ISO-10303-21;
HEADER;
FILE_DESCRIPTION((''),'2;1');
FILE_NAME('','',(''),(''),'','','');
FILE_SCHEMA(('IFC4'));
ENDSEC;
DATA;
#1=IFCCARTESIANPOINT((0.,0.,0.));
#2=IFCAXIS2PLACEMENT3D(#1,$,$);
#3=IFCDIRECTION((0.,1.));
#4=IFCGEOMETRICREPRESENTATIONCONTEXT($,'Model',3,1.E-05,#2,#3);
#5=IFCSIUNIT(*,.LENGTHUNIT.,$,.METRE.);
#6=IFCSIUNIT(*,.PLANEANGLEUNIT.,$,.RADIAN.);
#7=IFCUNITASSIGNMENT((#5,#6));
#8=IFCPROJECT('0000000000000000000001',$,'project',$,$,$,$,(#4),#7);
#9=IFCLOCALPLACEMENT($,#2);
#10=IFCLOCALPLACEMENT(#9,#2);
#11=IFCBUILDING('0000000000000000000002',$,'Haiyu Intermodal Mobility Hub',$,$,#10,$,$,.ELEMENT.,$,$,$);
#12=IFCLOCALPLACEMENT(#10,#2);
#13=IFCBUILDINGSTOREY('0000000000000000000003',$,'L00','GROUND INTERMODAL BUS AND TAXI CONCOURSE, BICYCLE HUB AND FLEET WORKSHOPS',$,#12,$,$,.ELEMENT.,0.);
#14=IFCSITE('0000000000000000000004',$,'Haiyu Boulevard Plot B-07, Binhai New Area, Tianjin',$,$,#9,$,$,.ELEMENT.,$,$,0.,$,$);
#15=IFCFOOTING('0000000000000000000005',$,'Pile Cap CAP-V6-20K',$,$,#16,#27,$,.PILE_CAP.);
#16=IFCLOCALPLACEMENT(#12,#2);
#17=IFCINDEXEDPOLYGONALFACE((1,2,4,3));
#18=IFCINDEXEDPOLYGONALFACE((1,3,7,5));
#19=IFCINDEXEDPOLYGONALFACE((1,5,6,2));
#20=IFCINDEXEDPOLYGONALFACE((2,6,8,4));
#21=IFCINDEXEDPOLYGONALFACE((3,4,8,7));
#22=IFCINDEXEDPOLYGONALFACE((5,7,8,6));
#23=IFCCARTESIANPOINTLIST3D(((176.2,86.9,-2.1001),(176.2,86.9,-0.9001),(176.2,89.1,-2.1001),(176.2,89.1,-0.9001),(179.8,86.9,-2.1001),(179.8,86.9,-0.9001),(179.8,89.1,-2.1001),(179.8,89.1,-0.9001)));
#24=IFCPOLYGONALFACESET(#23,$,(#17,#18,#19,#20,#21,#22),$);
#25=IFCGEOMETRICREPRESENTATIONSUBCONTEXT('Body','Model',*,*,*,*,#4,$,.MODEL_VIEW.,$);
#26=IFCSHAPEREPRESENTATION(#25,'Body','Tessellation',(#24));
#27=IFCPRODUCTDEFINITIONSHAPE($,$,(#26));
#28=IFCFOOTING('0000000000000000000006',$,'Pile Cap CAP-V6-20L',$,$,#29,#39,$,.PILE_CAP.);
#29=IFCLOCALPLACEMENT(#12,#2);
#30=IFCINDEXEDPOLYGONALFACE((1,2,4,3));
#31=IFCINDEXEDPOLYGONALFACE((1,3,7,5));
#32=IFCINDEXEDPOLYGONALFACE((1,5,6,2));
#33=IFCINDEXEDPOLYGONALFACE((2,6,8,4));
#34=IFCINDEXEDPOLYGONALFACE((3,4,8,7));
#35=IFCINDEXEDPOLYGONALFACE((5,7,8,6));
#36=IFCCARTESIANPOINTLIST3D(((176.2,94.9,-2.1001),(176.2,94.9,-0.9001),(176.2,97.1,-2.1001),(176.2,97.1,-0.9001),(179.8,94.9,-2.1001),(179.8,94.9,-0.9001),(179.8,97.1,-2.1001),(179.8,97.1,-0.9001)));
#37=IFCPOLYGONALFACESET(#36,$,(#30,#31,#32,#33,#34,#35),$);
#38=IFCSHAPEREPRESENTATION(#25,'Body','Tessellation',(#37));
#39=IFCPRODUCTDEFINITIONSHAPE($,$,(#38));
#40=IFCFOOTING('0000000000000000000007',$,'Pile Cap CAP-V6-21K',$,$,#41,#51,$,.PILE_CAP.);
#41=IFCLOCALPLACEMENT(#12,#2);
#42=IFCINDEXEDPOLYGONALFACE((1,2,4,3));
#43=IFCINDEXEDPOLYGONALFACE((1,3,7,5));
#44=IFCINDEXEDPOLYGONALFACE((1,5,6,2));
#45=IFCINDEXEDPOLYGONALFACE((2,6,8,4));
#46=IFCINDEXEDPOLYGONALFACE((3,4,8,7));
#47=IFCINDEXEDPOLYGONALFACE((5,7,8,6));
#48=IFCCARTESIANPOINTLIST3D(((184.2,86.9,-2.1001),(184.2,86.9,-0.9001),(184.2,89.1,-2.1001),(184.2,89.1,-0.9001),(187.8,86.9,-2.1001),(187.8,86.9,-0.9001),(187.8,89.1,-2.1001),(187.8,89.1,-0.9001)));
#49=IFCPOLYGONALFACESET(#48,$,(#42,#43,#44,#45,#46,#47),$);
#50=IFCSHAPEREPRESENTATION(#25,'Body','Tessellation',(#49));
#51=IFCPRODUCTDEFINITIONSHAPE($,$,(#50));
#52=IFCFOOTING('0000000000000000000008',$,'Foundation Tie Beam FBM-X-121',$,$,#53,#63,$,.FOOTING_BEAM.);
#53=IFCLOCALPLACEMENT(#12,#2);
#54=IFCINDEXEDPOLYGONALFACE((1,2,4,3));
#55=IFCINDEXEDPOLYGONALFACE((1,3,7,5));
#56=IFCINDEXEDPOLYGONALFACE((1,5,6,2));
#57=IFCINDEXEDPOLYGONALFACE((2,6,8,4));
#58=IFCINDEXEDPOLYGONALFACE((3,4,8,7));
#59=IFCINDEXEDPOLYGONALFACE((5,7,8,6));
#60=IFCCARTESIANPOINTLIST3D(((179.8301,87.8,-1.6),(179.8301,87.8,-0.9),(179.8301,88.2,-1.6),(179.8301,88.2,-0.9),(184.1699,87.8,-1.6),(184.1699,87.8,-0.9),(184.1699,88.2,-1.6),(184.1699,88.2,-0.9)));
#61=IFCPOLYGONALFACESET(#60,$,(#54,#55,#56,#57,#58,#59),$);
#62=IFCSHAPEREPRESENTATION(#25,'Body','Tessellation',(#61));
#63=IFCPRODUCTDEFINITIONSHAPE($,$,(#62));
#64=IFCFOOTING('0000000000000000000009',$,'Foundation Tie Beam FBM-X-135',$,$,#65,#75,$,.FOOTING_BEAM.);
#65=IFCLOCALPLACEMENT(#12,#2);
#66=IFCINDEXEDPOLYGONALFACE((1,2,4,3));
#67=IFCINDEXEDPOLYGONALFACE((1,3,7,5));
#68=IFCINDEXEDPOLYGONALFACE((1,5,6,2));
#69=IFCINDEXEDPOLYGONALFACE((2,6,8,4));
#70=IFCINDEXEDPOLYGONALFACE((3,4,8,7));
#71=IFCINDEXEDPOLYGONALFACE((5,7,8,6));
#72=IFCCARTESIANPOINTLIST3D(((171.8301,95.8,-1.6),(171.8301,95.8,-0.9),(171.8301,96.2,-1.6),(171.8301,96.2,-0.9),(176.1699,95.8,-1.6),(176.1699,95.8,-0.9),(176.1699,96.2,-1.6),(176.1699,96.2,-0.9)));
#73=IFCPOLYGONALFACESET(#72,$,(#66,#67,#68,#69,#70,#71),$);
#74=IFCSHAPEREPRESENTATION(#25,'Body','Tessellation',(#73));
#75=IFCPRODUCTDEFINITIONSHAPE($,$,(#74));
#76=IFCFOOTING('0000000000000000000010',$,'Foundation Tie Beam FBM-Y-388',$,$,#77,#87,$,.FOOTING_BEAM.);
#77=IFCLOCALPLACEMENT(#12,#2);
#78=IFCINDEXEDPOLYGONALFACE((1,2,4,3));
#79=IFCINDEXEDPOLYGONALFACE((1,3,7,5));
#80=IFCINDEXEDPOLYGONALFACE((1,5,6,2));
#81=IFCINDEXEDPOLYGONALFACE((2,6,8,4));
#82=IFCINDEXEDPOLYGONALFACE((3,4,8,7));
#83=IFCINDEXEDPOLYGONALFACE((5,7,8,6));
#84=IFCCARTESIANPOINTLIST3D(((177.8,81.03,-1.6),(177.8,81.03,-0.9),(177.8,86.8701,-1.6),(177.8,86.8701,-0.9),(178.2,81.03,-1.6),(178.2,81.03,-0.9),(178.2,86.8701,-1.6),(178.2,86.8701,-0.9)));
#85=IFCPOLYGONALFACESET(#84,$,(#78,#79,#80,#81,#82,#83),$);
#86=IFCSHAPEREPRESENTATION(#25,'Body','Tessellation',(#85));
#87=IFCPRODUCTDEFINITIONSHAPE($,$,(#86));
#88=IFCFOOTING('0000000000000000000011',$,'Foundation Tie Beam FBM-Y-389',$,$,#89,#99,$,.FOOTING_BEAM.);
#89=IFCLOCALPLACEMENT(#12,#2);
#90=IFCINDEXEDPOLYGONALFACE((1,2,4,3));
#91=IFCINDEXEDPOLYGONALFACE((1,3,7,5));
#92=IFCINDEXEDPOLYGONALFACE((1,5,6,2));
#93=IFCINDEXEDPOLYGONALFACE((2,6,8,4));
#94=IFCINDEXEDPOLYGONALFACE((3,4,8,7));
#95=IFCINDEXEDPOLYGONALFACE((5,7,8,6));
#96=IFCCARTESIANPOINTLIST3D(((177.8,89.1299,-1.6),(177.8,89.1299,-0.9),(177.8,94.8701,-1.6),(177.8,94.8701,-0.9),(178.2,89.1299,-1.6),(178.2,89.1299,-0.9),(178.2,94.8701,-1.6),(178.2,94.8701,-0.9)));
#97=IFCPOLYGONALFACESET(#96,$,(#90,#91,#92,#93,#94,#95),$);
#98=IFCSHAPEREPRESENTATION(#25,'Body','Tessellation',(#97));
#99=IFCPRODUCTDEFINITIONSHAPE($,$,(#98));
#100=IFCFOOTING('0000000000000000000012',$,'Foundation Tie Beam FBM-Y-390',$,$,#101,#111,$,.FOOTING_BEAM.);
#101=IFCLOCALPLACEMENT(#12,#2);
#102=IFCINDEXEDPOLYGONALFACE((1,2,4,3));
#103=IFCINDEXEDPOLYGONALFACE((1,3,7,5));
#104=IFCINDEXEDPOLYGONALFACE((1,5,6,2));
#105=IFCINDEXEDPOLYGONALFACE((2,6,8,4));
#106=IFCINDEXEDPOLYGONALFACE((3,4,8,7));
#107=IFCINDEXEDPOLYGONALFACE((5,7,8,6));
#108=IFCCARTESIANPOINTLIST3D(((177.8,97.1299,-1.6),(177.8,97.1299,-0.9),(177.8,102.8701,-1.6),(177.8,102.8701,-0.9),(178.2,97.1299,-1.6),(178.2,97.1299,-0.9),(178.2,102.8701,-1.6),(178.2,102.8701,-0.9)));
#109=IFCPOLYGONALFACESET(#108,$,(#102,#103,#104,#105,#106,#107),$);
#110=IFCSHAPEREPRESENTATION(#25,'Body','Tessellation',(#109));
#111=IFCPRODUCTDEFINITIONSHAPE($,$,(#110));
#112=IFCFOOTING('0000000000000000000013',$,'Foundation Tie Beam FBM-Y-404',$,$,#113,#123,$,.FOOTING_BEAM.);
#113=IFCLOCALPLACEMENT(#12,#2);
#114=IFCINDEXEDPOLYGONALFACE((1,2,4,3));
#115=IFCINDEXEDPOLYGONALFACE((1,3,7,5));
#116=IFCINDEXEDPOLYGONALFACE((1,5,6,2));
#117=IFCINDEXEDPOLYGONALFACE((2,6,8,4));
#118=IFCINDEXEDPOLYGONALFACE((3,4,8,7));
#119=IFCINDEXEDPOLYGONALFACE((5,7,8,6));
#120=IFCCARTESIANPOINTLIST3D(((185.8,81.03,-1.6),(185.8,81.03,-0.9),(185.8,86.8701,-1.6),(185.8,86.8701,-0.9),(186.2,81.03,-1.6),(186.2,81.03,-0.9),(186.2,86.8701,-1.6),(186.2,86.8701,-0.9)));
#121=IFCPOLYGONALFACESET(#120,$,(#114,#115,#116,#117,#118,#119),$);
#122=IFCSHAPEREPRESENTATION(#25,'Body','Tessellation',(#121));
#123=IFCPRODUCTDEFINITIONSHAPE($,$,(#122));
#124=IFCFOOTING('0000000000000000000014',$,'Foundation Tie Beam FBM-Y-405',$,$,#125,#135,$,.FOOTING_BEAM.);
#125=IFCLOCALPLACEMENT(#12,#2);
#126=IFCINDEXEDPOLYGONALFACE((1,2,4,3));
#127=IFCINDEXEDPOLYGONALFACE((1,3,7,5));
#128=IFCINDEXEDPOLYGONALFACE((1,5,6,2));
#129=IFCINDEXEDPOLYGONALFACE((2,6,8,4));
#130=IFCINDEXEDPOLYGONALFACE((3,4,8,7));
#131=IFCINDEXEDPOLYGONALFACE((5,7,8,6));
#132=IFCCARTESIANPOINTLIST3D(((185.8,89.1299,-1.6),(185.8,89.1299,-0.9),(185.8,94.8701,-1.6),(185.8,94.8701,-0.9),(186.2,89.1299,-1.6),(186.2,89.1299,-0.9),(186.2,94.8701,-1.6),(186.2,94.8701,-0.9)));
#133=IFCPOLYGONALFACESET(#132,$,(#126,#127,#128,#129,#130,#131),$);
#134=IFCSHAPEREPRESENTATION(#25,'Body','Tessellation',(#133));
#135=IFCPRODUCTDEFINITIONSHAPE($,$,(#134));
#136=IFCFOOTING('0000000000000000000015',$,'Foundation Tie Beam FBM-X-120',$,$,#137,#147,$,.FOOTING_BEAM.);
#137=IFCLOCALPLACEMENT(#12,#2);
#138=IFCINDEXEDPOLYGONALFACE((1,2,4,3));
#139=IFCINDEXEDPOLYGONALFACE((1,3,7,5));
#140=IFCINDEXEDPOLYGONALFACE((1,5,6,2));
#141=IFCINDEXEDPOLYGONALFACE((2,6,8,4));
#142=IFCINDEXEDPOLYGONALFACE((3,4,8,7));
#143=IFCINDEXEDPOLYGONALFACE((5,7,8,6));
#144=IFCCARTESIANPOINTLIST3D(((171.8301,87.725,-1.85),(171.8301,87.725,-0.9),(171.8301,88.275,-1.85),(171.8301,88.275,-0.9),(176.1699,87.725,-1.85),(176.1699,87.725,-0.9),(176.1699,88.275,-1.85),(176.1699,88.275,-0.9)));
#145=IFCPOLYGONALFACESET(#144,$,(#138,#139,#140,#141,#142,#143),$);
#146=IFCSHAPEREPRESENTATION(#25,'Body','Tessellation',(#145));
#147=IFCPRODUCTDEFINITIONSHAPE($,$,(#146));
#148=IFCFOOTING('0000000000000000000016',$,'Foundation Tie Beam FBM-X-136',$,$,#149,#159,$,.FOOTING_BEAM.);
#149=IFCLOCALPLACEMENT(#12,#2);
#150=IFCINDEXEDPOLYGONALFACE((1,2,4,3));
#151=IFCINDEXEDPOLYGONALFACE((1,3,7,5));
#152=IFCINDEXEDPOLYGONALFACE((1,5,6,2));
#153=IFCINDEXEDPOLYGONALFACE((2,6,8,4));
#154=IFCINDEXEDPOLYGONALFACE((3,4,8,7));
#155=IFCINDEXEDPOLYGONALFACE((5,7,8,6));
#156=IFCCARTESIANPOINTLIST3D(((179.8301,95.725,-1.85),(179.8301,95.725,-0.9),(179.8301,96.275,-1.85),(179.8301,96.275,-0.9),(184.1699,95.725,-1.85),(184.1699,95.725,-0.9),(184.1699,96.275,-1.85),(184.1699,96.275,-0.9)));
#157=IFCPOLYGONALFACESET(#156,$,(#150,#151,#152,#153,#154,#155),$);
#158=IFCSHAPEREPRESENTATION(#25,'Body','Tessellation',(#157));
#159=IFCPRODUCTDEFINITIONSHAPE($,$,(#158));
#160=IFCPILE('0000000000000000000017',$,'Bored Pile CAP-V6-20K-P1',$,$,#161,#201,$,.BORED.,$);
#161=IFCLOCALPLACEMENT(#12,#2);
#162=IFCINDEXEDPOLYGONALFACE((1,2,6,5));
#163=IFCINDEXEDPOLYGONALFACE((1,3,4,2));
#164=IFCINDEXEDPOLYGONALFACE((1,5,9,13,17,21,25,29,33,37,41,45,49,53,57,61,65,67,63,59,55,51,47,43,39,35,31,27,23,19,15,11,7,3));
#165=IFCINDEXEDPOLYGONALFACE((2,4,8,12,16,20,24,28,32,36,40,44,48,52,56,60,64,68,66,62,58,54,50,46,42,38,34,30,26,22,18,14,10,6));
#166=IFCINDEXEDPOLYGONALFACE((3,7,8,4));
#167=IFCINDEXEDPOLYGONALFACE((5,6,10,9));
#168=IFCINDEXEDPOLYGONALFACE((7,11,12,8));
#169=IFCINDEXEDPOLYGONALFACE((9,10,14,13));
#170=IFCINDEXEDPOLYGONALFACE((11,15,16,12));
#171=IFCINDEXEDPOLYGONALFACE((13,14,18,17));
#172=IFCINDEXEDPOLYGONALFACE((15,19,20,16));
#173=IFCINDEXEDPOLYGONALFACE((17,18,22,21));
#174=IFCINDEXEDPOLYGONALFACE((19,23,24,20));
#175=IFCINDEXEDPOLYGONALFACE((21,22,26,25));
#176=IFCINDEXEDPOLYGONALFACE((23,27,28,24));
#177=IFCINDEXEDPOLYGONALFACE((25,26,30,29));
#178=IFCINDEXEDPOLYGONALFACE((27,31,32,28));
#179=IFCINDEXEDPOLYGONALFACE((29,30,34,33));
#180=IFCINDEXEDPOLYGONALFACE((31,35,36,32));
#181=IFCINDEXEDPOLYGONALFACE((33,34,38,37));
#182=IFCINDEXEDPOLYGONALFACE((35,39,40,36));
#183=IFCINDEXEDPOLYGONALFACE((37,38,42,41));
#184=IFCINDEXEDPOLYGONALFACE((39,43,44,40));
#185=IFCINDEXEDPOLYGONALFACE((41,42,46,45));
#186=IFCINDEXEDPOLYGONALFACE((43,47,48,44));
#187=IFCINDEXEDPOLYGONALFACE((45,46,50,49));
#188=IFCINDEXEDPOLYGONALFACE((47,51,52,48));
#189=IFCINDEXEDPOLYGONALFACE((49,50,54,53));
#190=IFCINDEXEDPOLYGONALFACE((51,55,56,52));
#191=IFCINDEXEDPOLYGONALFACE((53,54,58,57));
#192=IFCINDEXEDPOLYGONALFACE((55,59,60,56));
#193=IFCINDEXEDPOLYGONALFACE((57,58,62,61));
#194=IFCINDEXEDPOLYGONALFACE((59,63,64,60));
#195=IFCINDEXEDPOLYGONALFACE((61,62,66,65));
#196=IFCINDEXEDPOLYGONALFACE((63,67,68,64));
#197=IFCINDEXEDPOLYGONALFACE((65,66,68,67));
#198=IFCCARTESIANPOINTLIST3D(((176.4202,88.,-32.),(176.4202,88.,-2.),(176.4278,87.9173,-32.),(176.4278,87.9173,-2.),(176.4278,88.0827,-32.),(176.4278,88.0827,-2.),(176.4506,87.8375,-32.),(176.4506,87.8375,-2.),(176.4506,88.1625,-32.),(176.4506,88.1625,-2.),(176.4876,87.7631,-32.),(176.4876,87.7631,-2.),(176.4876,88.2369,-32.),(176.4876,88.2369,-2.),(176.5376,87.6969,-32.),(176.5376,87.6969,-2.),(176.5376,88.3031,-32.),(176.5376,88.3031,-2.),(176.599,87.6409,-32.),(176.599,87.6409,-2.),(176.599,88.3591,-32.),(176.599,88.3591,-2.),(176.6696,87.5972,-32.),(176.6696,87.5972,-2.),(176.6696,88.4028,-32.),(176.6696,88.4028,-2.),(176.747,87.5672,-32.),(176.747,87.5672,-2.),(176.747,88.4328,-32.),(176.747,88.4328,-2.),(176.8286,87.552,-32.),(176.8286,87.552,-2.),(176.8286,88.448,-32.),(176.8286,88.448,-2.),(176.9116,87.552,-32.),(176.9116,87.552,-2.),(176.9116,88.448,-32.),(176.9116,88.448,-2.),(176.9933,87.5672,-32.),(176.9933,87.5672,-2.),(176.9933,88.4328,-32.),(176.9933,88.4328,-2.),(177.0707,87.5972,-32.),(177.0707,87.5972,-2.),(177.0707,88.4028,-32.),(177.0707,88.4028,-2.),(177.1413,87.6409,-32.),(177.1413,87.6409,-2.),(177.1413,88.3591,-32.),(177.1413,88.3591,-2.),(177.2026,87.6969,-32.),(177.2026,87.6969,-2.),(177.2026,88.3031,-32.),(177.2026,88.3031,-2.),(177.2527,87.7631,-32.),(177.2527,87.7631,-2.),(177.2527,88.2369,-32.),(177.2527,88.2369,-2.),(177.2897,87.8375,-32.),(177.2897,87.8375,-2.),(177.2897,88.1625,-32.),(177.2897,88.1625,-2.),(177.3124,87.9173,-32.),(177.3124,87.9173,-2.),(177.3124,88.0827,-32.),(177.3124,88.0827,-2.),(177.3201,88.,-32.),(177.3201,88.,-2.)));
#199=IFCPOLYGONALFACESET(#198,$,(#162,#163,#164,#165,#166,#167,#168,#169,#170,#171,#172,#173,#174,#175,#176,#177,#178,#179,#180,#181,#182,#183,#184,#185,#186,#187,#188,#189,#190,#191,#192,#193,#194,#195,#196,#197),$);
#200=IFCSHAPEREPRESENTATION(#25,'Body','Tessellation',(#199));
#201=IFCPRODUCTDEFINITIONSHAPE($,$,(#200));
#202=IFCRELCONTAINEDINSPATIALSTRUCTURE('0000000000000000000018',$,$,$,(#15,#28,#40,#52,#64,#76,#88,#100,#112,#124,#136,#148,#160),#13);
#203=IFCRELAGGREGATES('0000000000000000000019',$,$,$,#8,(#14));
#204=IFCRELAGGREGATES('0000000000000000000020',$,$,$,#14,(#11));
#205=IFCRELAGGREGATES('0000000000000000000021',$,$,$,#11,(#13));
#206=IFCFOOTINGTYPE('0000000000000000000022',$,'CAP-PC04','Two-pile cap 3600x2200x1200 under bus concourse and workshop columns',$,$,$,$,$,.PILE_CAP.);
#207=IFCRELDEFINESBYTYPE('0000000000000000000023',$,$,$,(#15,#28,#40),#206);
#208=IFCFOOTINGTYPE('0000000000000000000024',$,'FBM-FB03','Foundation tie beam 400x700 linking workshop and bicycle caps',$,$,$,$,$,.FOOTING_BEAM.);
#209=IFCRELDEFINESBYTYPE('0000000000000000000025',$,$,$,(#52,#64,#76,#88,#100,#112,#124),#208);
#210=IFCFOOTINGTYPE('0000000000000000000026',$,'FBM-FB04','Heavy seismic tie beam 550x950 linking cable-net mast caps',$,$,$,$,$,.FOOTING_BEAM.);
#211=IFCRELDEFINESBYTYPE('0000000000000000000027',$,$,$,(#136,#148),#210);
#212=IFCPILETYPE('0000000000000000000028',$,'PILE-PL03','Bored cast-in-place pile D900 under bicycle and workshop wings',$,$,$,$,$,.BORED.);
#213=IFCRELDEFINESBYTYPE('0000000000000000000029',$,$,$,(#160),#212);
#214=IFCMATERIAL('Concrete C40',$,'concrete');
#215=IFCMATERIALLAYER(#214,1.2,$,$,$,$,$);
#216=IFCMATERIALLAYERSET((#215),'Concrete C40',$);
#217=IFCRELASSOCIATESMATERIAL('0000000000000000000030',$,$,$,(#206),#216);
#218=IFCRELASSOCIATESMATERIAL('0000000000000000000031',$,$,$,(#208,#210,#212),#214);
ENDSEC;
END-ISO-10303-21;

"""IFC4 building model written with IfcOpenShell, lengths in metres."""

from ifc_helpers import new_model, si_unit, direction, frame, origin, origin_2d, place, context, subcontext, project, spatial, rectangle, circle, extrude, material, layer, layer_set, material_profile, profile_set, type_object, element, save


model = new_model("IFC4")

# Units and contexts
model_context = context("Model", 3, precision=1e-05, world=origin(), true_north=direction((0.0, 1.0)))
body_context = subcontext(model_context, "Body", "Model", "MODEL_VIEW")
ifc_project = project(units=[si_unit("LENGTHUNIT", "METRE"), si_unit("PLANEANGLEUNIT", "RADIAN")], contexts=[model_context])

# Site, building, storey
site_placement = place(None, origin())
site = spatial("IfcSite", under=ifc_project, at=site_placement, Name="Haiyu Boulevard Plot B-07, Binhai New Area, Tianjin", CompositionType="ELEMENT", RefElevation=0.0)
building_placement = place(site_placement, origin())
building = spatial("IfcBuilding", under=site, at=building_placement, Name="Haiyu Intermodal Mobility Hub", CompositionType="ELEMENT")
storey_placement = place(building_placement, origin())
storey = spatial("IfcBuildingStorey", under=building, at=storey_placement, Name="L00", Description="GROUND INTERMODAL BUS AND TAXI CONCOURSE, BICYCLE HUB AND FLEET WORKSHOPS", CompositionType="ELEMENT", Elevation=0.0)

# Footings
ifc_material_1 = material(Name="Concrete C40", Category="concrete")
ifc_layer = layer(ifc_material_1, 1.2)
ifc_layer_set = layer_set([ifc_layer], Name="Concrete C40")
footing_type_1 = type_object("IfcFootingType", Name="CAP-PC04", Description="Two-pile cap 3600x2200x1200 under bus concourse and workshop columns", PredefinedType="PILE_CAP", material=ifc_layer_set)
for number, where, z_axis, x_axis, name in (
    (1, (178.0, 88.0, -2.1001), (0.0, 0.0, 1.0), (1.0, 0.0, 0.0), "Pile Cap CAP-V6-20K"),
    (2, (178.0, 96.0, -2.1001), (0.0, 0.0, 1.0), (1.0, 0.0, 0.0), "Pile Cap CAP-V6-20L"),
    (3, (186.0, 88.0, -2.1001), (0.0, 0.0, 1.0), (1.0, 0.0, 0.0), "Pile Cap CAP-V6-21K"),
):
    element("IfcFooting", number, at=place(storey_placement, frame(where, z_axis=z_axis, x_axis=x_axis)), inside=storey, type_object=footing_type_1, Name=name, PredefinedType="PILE_CAP", context=body_context, shape_type="SweptSolid", body=[
        extrude(rectangle(XDim=3.6001, YDim=2.2, at=origin_2d()), origin(), (0.0, 0.0, 1.0), 1.2),
    ])
ifc_material_profile_1 = material_profile(ifc_material_1, rectangle(XDim=0.3999, YDim=0.7, at=origin_2d()), Name="FB400x700")
ifc_profile_set_1 = profile_set([ifc_material_profile_1], Name="Concrete C40")
footing_type_2 = type_object("IfcFootingType", Name="FBM-FB03", Description="Foundation tie beam 400x700 linking workshop and bicycle caps", PredefinedType="FOOTING_BEAM", material=ifc_profile_set_1)
for number, where, z_axis, x_axis, name in (
    (4, (179.8301, 88.0, -1.25), (1.0, 0.0, 0.0), (0.0, 1.0, 0.0), "Foundation Tie Beam FBM-X-121"),
    (5, (171.8301, 96.0, -1.25), (1.0, 0.0, 0.0), (0.0, 1.0, 0.0), "Foundation Tie Beam FBM-X-135"),
):
    element("IfcFooting", number, at=place(storey_placement, frame(where, z_axis=z_axis, x_axis=x_axis)), inside=storey, type_object=footing_type_2, Name=name, PredefinedType="FOOTING_BEAM", context=body_context, shape_type="SweptSolid", body=[
        extrude(rectangle(XDim=0.3999, YDim=0.7, at=origin_2d()), origin(), (0.0, 0.0, 1.0), 4.3398),
    ])
footing_1_placement = place(storey_placement, frame((178.0, 81.03, -1.25), z_axis=(0.0, 1.0, 0.0), x_axis=(-1.0, 0.0, 0.0)))
element("IfcFooting", 6, at=footing_1_placement, inside=storey, type_object=footing_type_2, Name="Foundation Tie Beam FBM-Y-388", PredefinedType="FOOTING_BEAM", context=body_context, shape_type="SweptSolid", body=[
    extrude(rectangle(XDim=0.3999, YDim=0.7, at=origin_2d()), origin(), (0.0, 0.0, 1.0), 5.8401),
])
for number, where, z_axis, x_axis, name in (
    (7, (178.0, 89.1299, -1.25), (0.0, 1.0, 0.0), (-1.0, 0.0, 0.0), "Foundation Tie Beam FBM-Y-389"),
    (8, (178.0, 97.1299, -1.25), (0.0, 1.0, 0.0), (-1.0, 0.0, 0.0), "Foundation Tie Beam FBM-Y-390"),
):
    element("IfcFooting", number, at=place(storey_placement, frame(where, z_axis=z_axis, x_axis=x_axis)), inside=storey, type_object=footing_type_2, Name=name, PredefinedType="FOOTING_BEAM", context=body_context, shape_type="SweptSolid", body=[
        extrude(rectangle(XDim=0.3999, YDim=0.7, at=origin_2d()), origin(), (0.0, 0.0, 1.0), 5.7402),
    ])
footing_2_placement = place(storey_placement, frame((186.0, 81.03, -1.25), z_axis=(0.0, 1.0, 0.0), x_axis=(-1.0, 0.0, 0.0)))
element("IfcFooting", 9, at=footing_2_placement, inside=storey, type_object=footing_type_2, Name="Foundation Tie Beam FBM-Y-404", PredefinedType="FOOTING_BEAM", context=body_context, shape_type="SweptSolid", body=[
    extrude(rectangle(XDim=0.3999, YDim=0.7, at=origin_2d()), origin(), (0.0, 0.0, 1.0), 5.8401),
])
footing_3_placement = place(storey_placement, frame((186.0, 89.1299, -1.25), z_axis=(0.0, 1.0, 0.0), x_axis=(-1.0, 0.0, 0.0)))
element("IfcFooting", 10, at=footing_3_placement, inside=storey, type_object=footing_type_2, Name="Foundation Tie Beam FBM-Y-405", PredefinedType="FOOTING_BEAM", context=body_context, shape_type="SweptSolid", body=[
    extrude(rectangle(XDim=0.3999, YDim=0.7, at=origin_2d()), origin(), (0.0, 0.0, 1.0), 5.7402),
])
ifc_material_profile_2 = material_profile(ifc_material_1, rectangle(XDim=0.55, YDim=0.95, at=origin_2d()), Name="FB550x950")
ifc_profile_set_2 = profile_set([ifc_material_profile_2], Name="Concrete C40")
footing_type_3 = type_object("IfcFootingType", Name="FBM-FB04", Description="Heavy seismic tie beam 550x950 linking cable-net mast caps", PredefinedType="FOOTING_BEAM", material=ifc_profile_set_2)
for number, where, z_axis, x_axis, name in (
    (11, (171.8301, 88.0, -1.375), (1.0, 0.0, 0.0), (0.0, 1.0, 0.0), "Foundation Tie Beam FBM-X-120"),
    (12, (179.8301, 96.0, -1.375), (1.0, 0.0, 0.0), (0.0, 1.0, 0.0), "Foundation Tie Beam FBM-X-136"),
):
    element("IfcFooting", number, at=place(storey_placement, frame(where, z_axis=z_axis, x_axis=x_axis)), inside=storey, type_object=footing_type_3, Name=name, PredefinedType="FOOTING_BEAM", context=body_context, shape_type="SweptSolid", body=[
        extrude(rectangle(XDim=0.55, YDim=0.95, at=origin_2d()), origin(), (0.0, 0.0, 1.0), 4.3398),
    ])

# Pile
ifc_material_profile_3 = material_profile(ifc_material_1, circle(Radius=0.45, at=origin_2d()), Name="PILE-D900")
ifc_profile_set_3 = profile_set([ifc_material_profile_3], Name="Concrete C40")
pile_type = type_object("IfcPileType", Name="PILE-PL03", Description="Bored cast-in-place pile D900 under bicycle and workshop wings", PredefinedType="BORED", material=ifc_profile_set_3)
for number, where, z_axis, x_axis, name in (
    (13, (176.8701, 88.0, -2.0), (0.0, 0.0, -1.0), (1.0, 0.0, 0.0), "Bored Pile CAP-V6-20K-P1"),
):
    element("IfcPile", number, at=place(storey_placement, frame(where, z_axis=z_axis, x_axis=x_axis)), inside=storey, type_object=pile_type, Name=name, PredefinedType="BORED", context=body_context, shape_type="SweptSolid", body=[
        extrude(circle(Radius=0.45, at=origin_2d()), origin(), (0.0, 0.0, 1.0), 30.0),
    ])

save(model, "model.ifc")
